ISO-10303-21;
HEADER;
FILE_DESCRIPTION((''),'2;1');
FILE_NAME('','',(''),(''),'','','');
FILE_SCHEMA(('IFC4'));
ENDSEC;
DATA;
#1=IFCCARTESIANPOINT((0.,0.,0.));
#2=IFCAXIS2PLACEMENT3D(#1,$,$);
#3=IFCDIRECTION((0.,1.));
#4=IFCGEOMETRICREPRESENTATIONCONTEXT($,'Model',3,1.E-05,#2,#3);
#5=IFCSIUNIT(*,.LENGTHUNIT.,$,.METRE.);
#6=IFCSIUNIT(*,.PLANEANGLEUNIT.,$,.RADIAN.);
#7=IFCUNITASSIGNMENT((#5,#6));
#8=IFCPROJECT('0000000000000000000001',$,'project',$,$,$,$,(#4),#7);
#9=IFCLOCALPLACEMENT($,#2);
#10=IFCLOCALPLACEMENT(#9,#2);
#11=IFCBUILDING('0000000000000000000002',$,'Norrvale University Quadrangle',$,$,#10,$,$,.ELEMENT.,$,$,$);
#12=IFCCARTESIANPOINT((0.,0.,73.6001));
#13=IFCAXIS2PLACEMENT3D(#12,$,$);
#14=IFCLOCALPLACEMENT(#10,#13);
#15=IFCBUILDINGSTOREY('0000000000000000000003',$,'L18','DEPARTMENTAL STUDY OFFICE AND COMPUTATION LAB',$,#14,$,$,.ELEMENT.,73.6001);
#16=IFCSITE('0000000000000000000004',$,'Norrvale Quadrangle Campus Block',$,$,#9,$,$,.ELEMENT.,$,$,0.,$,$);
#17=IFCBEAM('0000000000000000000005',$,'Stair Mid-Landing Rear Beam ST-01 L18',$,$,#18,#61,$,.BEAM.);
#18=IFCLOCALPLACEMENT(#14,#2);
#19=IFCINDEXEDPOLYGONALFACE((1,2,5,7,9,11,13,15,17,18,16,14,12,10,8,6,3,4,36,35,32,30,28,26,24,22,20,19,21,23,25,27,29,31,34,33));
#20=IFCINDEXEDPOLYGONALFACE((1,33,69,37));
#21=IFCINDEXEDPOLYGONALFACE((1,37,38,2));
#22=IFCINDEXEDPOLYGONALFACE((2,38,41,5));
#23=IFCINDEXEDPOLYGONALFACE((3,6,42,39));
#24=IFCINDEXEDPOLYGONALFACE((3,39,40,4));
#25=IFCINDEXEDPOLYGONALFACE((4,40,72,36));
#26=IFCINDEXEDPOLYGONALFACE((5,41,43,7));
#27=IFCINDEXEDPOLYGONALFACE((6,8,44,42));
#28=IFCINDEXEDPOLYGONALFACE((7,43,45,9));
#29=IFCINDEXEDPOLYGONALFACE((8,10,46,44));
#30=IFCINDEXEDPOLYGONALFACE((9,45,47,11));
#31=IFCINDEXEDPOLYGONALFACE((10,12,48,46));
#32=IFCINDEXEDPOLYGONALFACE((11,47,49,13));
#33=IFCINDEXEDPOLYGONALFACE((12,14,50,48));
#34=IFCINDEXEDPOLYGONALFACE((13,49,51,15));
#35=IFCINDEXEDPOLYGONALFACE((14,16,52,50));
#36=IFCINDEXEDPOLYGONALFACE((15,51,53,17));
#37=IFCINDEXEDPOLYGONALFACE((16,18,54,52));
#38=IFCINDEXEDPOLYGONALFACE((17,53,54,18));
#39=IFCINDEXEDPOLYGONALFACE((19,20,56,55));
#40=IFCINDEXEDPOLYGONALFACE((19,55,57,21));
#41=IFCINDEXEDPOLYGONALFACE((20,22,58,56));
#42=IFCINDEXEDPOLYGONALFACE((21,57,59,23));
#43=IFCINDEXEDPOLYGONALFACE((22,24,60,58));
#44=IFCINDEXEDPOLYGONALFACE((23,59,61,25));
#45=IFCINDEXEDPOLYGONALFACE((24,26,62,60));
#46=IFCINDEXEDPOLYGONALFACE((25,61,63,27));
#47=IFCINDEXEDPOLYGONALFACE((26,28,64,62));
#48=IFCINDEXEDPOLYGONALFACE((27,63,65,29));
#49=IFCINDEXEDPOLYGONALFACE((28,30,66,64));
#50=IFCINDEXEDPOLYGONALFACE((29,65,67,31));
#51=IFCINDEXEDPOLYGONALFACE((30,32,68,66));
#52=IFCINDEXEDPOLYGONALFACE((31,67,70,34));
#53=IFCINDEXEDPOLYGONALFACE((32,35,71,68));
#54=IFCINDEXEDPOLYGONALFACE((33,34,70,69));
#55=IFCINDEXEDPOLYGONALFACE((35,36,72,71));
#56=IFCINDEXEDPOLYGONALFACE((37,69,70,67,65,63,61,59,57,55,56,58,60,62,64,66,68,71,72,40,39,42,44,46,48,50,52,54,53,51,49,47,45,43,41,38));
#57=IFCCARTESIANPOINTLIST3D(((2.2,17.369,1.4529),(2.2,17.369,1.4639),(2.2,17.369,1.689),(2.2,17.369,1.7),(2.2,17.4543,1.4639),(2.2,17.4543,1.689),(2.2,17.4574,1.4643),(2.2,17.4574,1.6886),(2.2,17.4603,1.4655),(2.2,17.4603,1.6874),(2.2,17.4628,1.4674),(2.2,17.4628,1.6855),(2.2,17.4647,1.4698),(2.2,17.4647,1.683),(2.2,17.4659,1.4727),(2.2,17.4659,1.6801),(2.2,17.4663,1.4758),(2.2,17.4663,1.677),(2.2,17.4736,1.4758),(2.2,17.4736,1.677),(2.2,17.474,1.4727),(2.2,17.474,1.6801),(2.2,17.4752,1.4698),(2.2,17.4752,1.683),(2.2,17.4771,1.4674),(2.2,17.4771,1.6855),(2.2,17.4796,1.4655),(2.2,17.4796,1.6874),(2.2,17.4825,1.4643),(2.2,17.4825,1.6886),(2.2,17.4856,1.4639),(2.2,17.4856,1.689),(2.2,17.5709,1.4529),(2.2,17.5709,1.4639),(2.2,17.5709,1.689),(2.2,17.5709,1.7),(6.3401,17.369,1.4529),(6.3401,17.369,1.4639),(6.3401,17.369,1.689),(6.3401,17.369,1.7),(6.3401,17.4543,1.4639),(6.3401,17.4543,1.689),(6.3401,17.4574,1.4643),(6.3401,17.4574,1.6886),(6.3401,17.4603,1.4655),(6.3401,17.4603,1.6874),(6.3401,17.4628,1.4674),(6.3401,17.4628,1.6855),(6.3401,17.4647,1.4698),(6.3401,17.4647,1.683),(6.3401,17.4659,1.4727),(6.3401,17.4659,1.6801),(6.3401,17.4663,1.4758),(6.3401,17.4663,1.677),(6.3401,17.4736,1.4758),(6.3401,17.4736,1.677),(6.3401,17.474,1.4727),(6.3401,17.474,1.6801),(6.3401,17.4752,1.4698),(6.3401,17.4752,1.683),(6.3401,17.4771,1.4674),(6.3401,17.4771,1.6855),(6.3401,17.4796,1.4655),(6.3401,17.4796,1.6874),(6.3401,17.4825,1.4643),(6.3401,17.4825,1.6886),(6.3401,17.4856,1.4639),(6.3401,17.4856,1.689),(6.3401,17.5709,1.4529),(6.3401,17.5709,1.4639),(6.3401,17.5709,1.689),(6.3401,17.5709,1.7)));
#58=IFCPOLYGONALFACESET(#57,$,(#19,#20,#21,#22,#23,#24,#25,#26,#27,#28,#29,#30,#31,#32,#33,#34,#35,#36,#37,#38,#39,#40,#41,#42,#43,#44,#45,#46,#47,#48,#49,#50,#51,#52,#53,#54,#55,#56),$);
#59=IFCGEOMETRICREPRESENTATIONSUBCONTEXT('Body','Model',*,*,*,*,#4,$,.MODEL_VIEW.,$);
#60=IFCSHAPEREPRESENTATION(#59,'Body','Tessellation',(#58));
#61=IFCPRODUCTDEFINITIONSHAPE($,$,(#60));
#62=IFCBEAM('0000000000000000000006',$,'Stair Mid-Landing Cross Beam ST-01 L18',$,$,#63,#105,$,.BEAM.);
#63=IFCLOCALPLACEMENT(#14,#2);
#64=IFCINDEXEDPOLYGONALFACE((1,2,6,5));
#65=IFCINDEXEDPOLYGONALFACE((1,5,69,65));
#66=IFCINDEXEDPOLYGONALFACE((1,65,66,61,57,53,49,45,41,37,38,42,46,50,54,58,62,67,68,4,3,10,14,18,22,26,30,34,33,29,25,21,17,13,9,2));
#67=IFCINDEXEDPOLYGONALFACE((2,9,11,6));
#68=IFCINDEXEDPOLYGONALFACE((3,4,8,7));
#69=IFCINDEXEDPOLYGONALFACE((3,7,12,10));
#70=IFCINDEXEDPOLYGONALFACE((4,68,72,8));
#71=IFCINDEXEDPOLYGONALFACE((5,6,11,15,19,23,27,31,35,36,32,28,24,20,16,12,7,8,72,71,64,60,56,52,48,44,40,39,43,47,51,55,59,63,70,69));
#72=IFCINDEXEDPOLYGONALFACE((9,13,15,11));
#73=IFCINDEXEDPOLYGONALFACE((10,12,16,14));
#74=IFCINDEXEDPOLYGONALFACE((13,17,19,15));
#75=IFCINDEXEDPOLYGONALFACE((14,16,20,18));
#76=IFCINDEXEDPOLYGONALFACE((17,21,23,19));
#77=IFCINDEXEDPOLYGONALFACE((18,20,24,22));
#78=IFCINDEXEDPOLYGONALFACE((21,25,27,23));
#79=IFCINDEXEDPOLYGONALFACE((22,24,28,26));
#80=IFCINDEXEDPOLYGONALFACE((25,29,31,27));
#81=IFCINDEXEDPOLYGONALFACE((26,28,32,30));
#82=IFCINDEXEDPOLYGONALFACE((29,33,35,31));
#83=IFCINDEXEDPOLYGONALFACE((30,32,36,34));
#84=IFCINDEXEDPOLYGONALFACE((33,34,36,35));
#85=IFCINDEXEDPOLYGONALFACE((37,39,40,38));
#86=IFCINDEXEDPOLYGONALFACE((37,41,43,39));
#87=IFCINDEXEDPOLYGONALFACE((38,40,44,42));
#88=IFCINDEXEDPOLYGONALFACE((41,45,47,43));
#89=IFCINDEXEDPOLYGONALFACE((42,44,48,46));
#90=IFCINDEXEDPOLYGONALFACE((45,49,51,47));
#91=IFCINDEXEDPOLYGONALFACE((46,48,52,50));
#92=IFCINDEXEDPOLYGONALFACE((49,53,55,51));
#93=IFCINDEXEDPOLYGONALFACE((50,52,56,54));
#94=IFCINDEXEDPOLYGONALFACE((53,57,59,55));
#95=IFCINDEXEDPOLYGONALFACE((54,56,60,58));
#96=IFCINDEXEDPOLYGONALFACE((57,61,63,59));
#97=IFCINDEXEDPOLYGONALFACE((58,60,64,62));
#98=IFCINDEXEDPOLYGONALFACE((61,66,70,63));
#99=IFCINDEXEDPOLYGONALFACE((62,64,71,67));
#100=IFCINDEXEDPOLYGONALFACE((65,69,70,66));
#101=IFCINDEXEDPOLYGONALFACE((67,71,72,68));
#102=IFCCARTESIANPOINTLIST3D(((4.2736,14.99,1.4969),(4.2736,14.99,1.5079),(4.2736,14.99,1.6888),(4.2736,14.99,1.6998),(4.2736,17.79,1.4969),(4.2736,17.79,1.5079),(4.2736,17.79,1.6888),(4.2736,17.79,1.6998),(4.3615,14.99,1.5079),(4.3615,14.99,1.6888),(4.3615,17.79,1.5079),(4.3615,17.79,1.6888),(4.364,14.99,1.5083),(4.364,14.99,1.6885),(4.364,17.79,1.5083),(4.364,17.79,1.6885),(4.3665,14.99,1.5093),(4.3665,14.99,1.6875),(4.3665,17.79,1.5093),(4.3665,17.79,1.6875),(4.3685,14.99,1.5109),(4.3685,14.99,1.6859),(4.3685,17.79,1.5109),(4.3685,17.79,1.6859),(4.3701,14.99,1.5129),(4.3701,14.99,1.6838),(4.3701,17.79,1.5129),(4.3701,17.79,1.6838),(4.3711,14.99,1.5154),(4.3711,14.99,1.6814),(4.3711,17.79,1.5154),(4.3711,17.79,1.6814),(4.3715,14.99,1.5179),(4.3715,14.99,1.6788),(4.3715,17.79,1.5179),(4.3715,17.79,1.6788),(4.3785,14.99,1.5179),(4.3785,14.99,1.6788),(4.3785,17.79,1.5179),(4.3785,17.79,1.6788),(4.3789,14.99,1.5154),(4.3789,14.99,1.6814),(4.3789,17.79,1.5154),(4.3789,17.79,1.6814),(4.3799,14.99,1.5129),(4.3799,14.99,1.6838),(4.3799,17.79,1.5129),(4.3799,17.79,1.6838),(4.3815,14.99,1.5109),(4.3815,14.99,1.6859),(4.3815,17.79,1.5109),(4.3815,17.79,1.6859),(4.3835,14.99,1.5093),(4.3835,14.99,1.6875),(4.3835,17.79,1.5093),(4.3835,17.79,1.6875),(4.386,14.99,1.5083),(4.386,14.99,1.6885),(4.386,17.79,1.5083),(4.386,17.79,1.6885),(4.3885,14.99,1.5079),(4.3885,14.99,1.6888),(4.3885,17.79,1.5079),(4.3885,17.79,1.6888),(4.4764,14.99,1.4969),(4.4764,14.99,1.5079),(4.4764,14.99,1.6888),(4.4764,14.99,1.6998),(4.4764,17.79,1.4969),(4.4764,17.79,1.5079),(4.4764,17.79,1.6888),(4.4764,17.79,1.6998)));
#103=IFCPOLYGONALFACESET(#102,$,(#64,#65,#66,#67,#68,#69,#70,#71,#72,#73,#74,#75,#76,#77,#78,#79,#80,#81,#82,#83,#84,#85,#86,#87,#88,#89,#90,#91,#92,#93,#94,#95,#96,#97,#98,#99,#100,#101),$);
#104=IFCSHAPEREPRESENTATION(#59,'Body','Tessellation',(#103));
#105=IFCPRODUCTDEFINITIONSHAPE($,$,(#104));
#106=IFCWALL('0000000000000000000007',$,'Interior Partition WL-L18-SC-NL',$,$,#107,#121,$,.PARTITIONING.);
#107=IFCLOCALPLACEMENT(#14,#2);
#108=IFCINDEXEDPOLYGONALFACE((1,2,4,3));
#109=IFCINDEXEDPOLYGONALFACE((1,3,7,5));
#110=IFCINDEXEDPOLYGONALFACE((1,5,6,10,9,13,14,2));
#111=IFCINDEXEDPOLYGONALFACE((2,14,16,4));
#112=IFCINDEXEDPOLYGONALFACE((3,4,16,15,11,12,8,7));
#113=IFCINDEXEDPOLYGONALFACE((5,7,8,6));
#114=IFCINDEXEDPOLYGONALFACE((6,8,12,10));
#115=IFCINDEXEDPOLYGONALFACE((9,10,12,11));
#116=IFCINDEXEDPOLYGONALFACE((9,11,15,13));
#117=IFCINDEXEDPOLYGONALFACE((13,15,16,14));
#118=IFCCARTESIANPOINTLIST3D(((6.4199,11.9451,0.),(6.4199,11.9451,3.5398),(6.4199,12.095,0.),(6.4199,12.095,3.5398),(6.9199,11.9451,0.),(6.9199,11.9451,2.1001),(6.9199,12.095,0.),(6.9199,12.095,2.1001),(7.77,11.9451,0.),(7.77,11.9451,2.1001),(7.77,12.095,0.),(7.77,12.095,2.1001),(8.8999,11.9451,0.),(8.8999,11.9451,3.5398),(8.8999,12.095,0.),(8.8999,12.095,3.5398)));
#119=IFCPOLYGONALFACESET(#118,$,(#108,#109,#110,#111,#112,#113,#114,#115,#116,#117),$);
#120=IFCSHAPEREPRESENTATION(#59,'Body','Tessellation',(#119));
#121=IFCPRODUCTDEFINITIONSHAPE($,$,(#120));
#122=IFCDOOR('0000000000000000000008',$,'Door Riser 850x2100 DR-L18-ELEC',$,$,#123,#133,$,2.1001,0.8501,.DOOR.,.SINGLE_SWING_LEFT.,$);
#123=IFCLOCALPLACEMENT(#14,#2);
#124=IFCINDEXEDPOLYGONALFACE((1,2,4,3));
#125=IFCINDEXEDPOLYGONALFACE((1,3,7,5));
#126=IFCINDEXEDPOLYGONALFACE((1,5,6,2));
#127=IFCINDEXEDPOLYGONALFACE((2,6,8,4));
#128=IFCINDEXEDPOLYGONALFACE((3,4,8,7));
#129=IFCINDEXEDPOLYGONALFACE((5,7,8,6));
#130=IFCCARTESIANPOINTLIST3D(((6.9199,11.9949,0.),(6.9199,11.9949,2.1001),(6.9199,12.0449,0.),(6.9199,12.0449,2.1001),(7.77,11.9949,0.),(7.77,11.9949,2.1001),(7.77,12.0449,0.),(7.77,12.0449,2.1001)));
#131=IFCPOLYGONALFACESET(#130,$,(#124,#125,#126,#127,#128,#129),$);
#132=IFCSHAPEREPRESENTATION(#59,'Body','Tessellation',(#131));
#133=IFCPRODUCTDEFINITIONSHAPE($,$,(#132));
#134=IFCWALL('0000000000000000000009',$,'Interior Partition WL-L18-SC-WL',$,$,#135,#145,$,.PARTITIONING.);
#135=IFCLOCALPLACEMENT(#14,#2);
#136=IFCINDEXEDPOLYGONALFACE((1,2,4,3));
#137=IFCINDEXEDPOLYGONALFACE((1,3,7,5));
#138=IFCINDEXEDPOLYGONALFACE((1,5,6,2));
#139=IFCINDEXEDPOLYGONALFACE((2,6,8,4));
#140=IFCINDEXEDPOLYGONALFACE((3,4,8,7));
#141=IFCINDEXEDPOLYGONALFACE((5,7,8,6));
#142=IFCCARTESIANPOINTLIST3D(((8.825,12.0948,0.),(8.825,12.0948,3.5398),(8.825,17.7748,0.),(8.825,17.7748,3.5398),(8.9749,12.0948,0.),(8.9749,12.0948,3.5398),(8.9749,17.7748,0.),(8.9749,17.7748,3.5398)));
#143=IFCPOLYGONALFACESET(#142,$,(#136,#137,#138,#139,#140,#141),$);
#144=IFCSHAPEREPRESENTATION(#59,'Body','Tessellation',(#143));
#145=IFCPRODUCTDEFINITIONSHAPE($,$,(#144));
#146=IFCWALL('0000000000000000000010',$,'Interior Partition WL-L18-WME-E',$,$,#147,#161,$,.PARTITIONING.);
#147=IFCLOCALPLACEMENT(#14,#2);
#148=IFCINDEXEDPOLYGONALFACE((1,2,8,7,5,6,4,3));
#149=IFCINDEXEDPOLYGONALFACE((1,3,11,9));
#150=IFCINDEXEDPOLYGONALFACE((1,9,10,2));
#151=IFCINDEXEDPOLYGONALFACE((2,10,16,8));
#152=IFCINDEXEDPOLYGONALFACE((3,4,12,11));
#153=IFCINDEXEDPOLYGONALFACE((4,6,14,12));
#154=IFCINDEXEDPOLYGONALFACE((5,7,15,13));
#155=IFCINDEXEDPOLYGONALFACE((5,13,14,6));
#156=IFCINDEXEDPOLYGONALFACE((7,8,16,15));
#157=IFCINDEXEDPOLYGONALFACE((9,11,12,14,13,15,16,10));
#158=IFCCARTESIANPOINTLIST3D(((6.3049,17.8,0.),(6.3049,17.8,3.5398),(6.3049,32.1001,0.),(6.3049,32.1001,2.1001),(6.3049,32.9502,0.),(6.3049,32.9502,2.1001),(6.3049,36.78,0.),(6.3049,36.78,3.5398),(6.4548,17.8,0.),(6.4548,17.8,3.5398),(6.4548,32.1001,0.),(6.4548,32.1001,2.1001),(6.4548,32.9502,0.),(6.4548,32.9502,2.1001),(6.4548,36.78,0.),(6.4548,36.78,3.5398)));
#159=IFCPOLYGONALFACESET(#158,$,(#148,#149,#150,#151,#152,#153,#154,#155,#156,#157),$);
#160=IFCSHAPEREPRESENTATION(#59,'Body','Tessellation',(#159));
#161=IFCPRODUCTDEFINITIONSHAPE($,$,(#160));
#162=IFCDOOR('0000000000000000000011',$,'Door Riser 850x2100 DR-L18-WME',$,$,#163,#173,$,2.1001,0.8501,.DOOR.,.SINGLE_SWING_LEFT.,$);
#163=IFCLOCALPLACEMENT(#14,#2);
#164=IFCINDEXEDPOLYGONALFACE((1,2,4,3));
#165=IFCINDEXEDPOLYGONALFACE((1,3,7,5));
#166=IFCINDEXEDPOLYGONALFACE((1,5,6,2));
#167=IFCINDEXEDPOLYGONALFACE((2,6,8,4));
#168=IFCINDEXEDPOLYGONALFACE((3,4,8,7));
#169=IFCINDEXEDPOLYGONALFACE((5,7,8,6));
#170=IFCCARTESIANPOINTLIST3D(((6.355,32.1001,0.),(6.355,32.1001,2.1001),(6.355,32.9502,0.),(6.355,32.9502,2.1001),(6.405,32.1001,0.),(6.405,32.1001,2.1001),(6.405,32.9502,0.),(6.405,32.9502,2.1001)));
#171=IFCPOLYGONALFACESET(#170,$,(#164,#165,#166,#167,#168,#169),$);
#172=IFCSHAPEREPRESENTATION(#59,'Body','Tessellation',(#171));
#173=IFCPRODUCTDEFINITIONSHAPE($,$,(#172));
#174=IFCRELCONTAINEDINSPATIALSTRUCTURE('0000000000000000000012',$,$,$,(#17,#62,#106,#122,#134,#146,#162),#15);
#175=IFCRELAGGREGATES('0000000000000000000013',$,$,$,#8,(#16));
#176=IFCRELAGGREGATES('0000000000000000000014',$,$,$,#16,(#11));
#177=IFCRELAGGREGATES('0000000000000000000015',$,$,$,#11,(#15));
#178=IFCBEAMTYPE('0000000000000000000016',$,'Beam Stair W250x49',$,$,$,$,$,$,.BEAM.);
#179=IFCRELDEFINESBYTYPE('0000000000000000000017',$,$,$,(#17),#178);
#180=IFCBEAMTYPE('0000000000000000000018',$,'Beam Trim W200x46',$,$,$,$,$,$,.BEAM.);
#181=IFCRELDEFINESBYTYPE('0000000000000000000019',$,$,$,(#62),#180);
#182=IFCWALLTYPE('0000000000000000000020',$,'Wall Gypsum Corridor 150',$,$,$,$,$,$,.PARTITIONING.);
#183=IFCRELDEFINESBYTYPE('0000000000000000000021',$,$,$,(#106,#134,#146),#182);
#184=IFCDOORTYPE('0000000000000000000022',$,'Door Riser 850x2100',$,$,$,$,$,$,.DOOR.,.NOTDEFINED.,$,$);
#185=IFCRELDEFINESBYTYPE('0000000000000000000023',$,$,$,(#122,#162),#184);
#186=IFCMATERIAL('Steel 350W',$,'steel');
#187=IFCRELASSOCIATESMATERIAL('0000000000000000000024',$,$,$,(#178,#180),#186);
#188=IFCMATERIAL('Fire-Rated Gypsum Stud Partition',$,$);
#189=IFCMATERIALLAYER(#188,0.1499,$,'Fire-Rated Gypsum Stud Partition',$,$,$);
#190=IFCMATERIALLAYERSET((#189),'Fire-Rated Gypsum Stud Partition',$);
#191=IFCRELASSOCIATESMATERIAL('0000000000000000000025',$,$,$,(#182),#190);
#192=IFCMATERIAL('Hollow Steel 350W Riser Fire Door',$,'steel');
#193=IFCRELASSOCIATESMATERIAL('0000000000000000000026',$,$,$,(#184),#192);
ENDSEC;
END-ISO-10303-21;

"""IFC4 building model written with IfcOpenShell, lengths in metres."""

from ifc_helpers import new_model, si_unit, direction, frame, frame_2d, origin, origin_2d, place, context, subcontext, project, spatial, rectangle, i_section, extrude, material, layer, layer_set, material_profile, profile_set, type_object, element, fill, save


model = new_model("IFC4")

# Units and contexts
model_context = context("Model", 3, precision=1e-05, world=origin(), true_north=direction((0.0, 1.0)))
body_context = subcontext(model_context, "Body", "Model", "MODEL_VIEW")
ifc_project = project(units=[si_unit("LENGTHUNIT", "METRE"), si_unit("PLANEANGLEUNIT", "RADIAN")], contexts=[model_context])

# Site, building, storey
site_placement = place(None, origin())
site = spatial("IfcSite", under=ifc_project, at=site_placement, Name="Norrvale Quadrangle Campus Block", CompositionType="ELEMENT", RefElevation=0.0)
building_placement = place(site_placement, origin())
building = spatial("IfcBuilding", under=site, at=building_placement, Name="Norrvale University Quadrangle", CompositionType="ELEMENT")
storey_placement = place(building_placement, frame((0.0, 0.0, 73.6001)))
storey = spatial("IfcBuildingStorey", under=building, at=storey_placement, Name="L18", Description="DEPARTMENTAL STUDY OFFICE AND COMPUTATION LAB", CompositionType="ELEMENT", Elevation=73.6001)

# Beams
ifc_material_1 = material(Name="Steel 350W", Category="steel")
ifc_material_profile_1 = material_profile(ifc_material_1, i_section(OverallWidth=0.2019, OverallDepth=0.2471, WebThickness=0.0073, FlangeThickness=0.011, FilletRadius=0.012, at=origin_2d()), Name="Steel 350W")
ifc_profile_set_1 = profile_set([ifc_material_profile_1], Name="Steel 350W")
beam_type_1 = type_object("IfcBeamType", Name="Beam Stair W250x49", PredefinedType="BEAM", material=ifc_profile_set_1)
for number, where, z_axis, x_axis, name in (
    (1, (2.2, 17.47, 1.5764), (1.0, 0.0, 0.0), (0.0, 1.0, 0.0), "Stair Mid-Landing Rear Beam ST-01 L18"),
):
    element("IfcBeam", number, at=place(storey_placement, frame(where, z_axis=z_axis, x_axis=x_axis)), inside=storey, type_object=beam_type_1, Name=name, PredefinedType="BEAM", context=body_context, shape_type="SweptSolid", body=[
        extrude(i_section(OverallWidth=0.2019, OverallDepth=0.2471, WebThickness=0.0073, FlangeThickness=0.011, FilletRadius=0.012, at=origin_2d()), origin(), (0.0, 0.0, 1.0), 4.1401),
    ])
ifc_material_profile_2 = material_profile(ifc_material_1, i_section(OverallWidth=0.2029, OverallDepth=0.2029, WebThickness=0.0071, FlangeThickness=0.011, FilletRadius=0.01, at=origin_2d()), Name="Steel 350W")
ifc_profile_set_2 = profile_set([ifc_material_profile_2], Name="Steel 350W")
beam_type_2 = type_object("IfcBeamType", Name="Beam Trim W200x46", PredefinedType="BEAM", material=ifc_profile_set_2)
beam_1_placement = place(storey_placement, frame((4.375, 14.99, 1.5984), z_axis=(0.0, 1.0, 0.0), x_axis=(-1.0, 0.0, 0.0)))
element("IfcBeam", 2, at=beam_1_placement, inside=storey, type_object=beam_type_2, Name="Stair Mid-Landing Cross Beam ST-01 L18", PredefinedType="BEAM", context=body_context, shape_type="SweptSolid", body=[
    extrude(i_section(OverallWidth=0.2029, OverallDepth=0.2029, WebThickness=0.0071, FlangeThickness=0.011, FilletRadius=0.01, at=origin_2d()), origin(), (0.0, 0.0, 1.0), 2.8),
])

# Wall, opening, door
ifc_material_2 = material(Name="Fire-Rated Gypsum Stud Partition")
ifc_layer_1 = layer(ifc_material_2, 0.1499, Name="Fire-Rated Gypsum Stud Partition")
ifc_layer_set_1 = layer_set([ifc_layer_1], Name="Fire-Rated Gypsum Stud Partition")
wall_type_1 = type_object("IfcWallType", Name="Wall Gypsum Corridor 150", PredefinedType="PARTITIONING", material=ifc_layer_set_1)
wall_1_placement = place(storey_placement, frame((6.4199, 12.02, 0.0), z_axis=(0.0, 0.0, 1.0), x_axis=(1.0, 0.0, 0.0)))
wall_1 = element("IfcWall", 3, at=wall_1_placement, inside=storey, type_object=wall_type_1, Name="Interior Partition WL-L18-SC-NL", PredefinedType="PARTITIONING", context=body_context, shape_type="SweptSolid", body=[
    extrude(rectangle(XDim=2.48, YDim=0.1499, at=frame_2d((1.24, 0.0))), origin(), (0.0, 0.0, 1.0), 3.5398),
])
opening_1_placement = place(wall_1_placement, frame((0.5, 0.0, 0.0)))
opening_1 = element("IfcOpeningElement", 4, at=opening_1_placement, cuts=wall_1, PredefinedType="OPENING", context=body_context, shape_type="SweptSolid", body=[
    extrude(rectangle(XDim=0.8501, YDim=2.1001, at=frame_2d((0.425, 1.05))), frame((0.0, 0.0869, 0.0), z_axis=(0.0, -1.0, 0.0), x_axis=(1.0, 0.0, 0.0)), (0.0, 0.0, 1.0), 0.1738),
])
ifc_material_3 = material(Name="Hollow Steel 350W Riser Fire Door", Category="steel")
door_type_1 = type_object("IfcDoorType", Name="Door Riser 850x2100", OperationType="NOTDEFINED", PredefinedType="DOOR", material=ifc_material_3)
door_1_placement = place(opening_1_placement, origin())
door_1 = element("IfcDoor", 5, at=door_1_placement, inside=storey, type_object=door_type_1, Name="Door Riser 850x2100 DR-L18-ELEC", OperationType="SINGLE_SWING_LEFT", OverallHeight=2.1001, OverallWidth=0.8501, PredefinedType="DOOR", context=body_context, shape_type="SweptSolid", body=[
    extrude(rectangle(XDim=0.8501, YDim=2.1001, at=frame_2d((0.425, 1.05))), frame((0.0, 0.0249, 0.0), z_axis=(0.0, -1.0, 0.0), x_axis=(1.0, 0.0, 0.0)), (0.0, 0.0, 1.0), 0.05),
])
fill(opening_1, door_1)

# Wall
wall_2_placement = place(storey_placement, frame((8.8999, 12.095, 0.0), z_axis=(0.0, 0.0, 1.0), x_axis=(0.0, 1.0, 0.0)))
element("IfcWall", 6, at=wall_2_placement, inside=storey, type_object=wall_type_1, Name="Interior Partition WL-L18-SC-WL", PredefinedType="PARTITIONING", context=body_context, shape_type="SweptSolid", body=[
    extrude(rectangle(XDim=5.6799, YDim=0.1499, at=frame_2d((2.8398, 0.0))), origin(), (0.0, 0.0, 1.0), 3.5398),
])

# Wall, opening, door
wall_3_placement = place(storey_placement, frame((6.3799, 17.8, 0.0), z_axis=(0.0, 0.0, 1.0), x_axis=(0.0, 1.0, 0.0)))
wall_3 = element("IfcWall", 7, at=wall_3_placement, inside=storey, type_object=wall_type_1, Name="Interior Partition WL-L18-WME-E", PredefinedType="PARTITIONING", context=body_context, shape_type="SweptSolid", body=[
    extrude(rectangle(XDim=18.98, YDim=0.1499, at=frame_2d((9.49, 0.0))), origin(), (0.0, 0.0, 1.0), 3.5398),
])
opening_2_placement = place(wall_3_placement, frame((14.3, 0.0, 0.0)))
opening_2 = element("IfcOpeningElement", 8, at=opening_2_placement, cuts=wall_3, PredefinedType="OPENING", context=body_context, shape_type="SweptSolid", body=[
    extrude(rectangle(XDim=0.8501, YDim=2.1001, at=frame_2d((0.425, 1.05))), frame((0.0, 0.0869, 0.0), z_axis=(0.0, -1.0, 0.0), x_axis=(1.0, 0.0, 0.0)), (0.0, 0.0, 1.0), 0.1738),
])
door_2_placement = place(opening_2_placement, origin())
door_2 = element("IfcDoor", 9, at=door_2_placement, inside=storey, type_object=door_type_1, Name="Door Riser 850x2100 DR-L18-WME", OperationType="SINGLE_SWING_LEFT", OverallHeight=2.1001, OverallWidth=0.8501, PredefinedType="DOOR", context=body_context, shape_type="SweptSolid", body=[
    extrude(rectangle(XDim=0.8501, YDim=2.1001, at=frame_2d((0.425, 1.05))), frame((0.0, 0.0249, 0.0), z_axis=(0.0, -1.0, 0.0), x_axis=(1.0, 0.0, 0.0)), (0.0, 0.0, 1.0), 0.05),
])
fill(opening_2, door_2)

save(model, "model.ifc")
